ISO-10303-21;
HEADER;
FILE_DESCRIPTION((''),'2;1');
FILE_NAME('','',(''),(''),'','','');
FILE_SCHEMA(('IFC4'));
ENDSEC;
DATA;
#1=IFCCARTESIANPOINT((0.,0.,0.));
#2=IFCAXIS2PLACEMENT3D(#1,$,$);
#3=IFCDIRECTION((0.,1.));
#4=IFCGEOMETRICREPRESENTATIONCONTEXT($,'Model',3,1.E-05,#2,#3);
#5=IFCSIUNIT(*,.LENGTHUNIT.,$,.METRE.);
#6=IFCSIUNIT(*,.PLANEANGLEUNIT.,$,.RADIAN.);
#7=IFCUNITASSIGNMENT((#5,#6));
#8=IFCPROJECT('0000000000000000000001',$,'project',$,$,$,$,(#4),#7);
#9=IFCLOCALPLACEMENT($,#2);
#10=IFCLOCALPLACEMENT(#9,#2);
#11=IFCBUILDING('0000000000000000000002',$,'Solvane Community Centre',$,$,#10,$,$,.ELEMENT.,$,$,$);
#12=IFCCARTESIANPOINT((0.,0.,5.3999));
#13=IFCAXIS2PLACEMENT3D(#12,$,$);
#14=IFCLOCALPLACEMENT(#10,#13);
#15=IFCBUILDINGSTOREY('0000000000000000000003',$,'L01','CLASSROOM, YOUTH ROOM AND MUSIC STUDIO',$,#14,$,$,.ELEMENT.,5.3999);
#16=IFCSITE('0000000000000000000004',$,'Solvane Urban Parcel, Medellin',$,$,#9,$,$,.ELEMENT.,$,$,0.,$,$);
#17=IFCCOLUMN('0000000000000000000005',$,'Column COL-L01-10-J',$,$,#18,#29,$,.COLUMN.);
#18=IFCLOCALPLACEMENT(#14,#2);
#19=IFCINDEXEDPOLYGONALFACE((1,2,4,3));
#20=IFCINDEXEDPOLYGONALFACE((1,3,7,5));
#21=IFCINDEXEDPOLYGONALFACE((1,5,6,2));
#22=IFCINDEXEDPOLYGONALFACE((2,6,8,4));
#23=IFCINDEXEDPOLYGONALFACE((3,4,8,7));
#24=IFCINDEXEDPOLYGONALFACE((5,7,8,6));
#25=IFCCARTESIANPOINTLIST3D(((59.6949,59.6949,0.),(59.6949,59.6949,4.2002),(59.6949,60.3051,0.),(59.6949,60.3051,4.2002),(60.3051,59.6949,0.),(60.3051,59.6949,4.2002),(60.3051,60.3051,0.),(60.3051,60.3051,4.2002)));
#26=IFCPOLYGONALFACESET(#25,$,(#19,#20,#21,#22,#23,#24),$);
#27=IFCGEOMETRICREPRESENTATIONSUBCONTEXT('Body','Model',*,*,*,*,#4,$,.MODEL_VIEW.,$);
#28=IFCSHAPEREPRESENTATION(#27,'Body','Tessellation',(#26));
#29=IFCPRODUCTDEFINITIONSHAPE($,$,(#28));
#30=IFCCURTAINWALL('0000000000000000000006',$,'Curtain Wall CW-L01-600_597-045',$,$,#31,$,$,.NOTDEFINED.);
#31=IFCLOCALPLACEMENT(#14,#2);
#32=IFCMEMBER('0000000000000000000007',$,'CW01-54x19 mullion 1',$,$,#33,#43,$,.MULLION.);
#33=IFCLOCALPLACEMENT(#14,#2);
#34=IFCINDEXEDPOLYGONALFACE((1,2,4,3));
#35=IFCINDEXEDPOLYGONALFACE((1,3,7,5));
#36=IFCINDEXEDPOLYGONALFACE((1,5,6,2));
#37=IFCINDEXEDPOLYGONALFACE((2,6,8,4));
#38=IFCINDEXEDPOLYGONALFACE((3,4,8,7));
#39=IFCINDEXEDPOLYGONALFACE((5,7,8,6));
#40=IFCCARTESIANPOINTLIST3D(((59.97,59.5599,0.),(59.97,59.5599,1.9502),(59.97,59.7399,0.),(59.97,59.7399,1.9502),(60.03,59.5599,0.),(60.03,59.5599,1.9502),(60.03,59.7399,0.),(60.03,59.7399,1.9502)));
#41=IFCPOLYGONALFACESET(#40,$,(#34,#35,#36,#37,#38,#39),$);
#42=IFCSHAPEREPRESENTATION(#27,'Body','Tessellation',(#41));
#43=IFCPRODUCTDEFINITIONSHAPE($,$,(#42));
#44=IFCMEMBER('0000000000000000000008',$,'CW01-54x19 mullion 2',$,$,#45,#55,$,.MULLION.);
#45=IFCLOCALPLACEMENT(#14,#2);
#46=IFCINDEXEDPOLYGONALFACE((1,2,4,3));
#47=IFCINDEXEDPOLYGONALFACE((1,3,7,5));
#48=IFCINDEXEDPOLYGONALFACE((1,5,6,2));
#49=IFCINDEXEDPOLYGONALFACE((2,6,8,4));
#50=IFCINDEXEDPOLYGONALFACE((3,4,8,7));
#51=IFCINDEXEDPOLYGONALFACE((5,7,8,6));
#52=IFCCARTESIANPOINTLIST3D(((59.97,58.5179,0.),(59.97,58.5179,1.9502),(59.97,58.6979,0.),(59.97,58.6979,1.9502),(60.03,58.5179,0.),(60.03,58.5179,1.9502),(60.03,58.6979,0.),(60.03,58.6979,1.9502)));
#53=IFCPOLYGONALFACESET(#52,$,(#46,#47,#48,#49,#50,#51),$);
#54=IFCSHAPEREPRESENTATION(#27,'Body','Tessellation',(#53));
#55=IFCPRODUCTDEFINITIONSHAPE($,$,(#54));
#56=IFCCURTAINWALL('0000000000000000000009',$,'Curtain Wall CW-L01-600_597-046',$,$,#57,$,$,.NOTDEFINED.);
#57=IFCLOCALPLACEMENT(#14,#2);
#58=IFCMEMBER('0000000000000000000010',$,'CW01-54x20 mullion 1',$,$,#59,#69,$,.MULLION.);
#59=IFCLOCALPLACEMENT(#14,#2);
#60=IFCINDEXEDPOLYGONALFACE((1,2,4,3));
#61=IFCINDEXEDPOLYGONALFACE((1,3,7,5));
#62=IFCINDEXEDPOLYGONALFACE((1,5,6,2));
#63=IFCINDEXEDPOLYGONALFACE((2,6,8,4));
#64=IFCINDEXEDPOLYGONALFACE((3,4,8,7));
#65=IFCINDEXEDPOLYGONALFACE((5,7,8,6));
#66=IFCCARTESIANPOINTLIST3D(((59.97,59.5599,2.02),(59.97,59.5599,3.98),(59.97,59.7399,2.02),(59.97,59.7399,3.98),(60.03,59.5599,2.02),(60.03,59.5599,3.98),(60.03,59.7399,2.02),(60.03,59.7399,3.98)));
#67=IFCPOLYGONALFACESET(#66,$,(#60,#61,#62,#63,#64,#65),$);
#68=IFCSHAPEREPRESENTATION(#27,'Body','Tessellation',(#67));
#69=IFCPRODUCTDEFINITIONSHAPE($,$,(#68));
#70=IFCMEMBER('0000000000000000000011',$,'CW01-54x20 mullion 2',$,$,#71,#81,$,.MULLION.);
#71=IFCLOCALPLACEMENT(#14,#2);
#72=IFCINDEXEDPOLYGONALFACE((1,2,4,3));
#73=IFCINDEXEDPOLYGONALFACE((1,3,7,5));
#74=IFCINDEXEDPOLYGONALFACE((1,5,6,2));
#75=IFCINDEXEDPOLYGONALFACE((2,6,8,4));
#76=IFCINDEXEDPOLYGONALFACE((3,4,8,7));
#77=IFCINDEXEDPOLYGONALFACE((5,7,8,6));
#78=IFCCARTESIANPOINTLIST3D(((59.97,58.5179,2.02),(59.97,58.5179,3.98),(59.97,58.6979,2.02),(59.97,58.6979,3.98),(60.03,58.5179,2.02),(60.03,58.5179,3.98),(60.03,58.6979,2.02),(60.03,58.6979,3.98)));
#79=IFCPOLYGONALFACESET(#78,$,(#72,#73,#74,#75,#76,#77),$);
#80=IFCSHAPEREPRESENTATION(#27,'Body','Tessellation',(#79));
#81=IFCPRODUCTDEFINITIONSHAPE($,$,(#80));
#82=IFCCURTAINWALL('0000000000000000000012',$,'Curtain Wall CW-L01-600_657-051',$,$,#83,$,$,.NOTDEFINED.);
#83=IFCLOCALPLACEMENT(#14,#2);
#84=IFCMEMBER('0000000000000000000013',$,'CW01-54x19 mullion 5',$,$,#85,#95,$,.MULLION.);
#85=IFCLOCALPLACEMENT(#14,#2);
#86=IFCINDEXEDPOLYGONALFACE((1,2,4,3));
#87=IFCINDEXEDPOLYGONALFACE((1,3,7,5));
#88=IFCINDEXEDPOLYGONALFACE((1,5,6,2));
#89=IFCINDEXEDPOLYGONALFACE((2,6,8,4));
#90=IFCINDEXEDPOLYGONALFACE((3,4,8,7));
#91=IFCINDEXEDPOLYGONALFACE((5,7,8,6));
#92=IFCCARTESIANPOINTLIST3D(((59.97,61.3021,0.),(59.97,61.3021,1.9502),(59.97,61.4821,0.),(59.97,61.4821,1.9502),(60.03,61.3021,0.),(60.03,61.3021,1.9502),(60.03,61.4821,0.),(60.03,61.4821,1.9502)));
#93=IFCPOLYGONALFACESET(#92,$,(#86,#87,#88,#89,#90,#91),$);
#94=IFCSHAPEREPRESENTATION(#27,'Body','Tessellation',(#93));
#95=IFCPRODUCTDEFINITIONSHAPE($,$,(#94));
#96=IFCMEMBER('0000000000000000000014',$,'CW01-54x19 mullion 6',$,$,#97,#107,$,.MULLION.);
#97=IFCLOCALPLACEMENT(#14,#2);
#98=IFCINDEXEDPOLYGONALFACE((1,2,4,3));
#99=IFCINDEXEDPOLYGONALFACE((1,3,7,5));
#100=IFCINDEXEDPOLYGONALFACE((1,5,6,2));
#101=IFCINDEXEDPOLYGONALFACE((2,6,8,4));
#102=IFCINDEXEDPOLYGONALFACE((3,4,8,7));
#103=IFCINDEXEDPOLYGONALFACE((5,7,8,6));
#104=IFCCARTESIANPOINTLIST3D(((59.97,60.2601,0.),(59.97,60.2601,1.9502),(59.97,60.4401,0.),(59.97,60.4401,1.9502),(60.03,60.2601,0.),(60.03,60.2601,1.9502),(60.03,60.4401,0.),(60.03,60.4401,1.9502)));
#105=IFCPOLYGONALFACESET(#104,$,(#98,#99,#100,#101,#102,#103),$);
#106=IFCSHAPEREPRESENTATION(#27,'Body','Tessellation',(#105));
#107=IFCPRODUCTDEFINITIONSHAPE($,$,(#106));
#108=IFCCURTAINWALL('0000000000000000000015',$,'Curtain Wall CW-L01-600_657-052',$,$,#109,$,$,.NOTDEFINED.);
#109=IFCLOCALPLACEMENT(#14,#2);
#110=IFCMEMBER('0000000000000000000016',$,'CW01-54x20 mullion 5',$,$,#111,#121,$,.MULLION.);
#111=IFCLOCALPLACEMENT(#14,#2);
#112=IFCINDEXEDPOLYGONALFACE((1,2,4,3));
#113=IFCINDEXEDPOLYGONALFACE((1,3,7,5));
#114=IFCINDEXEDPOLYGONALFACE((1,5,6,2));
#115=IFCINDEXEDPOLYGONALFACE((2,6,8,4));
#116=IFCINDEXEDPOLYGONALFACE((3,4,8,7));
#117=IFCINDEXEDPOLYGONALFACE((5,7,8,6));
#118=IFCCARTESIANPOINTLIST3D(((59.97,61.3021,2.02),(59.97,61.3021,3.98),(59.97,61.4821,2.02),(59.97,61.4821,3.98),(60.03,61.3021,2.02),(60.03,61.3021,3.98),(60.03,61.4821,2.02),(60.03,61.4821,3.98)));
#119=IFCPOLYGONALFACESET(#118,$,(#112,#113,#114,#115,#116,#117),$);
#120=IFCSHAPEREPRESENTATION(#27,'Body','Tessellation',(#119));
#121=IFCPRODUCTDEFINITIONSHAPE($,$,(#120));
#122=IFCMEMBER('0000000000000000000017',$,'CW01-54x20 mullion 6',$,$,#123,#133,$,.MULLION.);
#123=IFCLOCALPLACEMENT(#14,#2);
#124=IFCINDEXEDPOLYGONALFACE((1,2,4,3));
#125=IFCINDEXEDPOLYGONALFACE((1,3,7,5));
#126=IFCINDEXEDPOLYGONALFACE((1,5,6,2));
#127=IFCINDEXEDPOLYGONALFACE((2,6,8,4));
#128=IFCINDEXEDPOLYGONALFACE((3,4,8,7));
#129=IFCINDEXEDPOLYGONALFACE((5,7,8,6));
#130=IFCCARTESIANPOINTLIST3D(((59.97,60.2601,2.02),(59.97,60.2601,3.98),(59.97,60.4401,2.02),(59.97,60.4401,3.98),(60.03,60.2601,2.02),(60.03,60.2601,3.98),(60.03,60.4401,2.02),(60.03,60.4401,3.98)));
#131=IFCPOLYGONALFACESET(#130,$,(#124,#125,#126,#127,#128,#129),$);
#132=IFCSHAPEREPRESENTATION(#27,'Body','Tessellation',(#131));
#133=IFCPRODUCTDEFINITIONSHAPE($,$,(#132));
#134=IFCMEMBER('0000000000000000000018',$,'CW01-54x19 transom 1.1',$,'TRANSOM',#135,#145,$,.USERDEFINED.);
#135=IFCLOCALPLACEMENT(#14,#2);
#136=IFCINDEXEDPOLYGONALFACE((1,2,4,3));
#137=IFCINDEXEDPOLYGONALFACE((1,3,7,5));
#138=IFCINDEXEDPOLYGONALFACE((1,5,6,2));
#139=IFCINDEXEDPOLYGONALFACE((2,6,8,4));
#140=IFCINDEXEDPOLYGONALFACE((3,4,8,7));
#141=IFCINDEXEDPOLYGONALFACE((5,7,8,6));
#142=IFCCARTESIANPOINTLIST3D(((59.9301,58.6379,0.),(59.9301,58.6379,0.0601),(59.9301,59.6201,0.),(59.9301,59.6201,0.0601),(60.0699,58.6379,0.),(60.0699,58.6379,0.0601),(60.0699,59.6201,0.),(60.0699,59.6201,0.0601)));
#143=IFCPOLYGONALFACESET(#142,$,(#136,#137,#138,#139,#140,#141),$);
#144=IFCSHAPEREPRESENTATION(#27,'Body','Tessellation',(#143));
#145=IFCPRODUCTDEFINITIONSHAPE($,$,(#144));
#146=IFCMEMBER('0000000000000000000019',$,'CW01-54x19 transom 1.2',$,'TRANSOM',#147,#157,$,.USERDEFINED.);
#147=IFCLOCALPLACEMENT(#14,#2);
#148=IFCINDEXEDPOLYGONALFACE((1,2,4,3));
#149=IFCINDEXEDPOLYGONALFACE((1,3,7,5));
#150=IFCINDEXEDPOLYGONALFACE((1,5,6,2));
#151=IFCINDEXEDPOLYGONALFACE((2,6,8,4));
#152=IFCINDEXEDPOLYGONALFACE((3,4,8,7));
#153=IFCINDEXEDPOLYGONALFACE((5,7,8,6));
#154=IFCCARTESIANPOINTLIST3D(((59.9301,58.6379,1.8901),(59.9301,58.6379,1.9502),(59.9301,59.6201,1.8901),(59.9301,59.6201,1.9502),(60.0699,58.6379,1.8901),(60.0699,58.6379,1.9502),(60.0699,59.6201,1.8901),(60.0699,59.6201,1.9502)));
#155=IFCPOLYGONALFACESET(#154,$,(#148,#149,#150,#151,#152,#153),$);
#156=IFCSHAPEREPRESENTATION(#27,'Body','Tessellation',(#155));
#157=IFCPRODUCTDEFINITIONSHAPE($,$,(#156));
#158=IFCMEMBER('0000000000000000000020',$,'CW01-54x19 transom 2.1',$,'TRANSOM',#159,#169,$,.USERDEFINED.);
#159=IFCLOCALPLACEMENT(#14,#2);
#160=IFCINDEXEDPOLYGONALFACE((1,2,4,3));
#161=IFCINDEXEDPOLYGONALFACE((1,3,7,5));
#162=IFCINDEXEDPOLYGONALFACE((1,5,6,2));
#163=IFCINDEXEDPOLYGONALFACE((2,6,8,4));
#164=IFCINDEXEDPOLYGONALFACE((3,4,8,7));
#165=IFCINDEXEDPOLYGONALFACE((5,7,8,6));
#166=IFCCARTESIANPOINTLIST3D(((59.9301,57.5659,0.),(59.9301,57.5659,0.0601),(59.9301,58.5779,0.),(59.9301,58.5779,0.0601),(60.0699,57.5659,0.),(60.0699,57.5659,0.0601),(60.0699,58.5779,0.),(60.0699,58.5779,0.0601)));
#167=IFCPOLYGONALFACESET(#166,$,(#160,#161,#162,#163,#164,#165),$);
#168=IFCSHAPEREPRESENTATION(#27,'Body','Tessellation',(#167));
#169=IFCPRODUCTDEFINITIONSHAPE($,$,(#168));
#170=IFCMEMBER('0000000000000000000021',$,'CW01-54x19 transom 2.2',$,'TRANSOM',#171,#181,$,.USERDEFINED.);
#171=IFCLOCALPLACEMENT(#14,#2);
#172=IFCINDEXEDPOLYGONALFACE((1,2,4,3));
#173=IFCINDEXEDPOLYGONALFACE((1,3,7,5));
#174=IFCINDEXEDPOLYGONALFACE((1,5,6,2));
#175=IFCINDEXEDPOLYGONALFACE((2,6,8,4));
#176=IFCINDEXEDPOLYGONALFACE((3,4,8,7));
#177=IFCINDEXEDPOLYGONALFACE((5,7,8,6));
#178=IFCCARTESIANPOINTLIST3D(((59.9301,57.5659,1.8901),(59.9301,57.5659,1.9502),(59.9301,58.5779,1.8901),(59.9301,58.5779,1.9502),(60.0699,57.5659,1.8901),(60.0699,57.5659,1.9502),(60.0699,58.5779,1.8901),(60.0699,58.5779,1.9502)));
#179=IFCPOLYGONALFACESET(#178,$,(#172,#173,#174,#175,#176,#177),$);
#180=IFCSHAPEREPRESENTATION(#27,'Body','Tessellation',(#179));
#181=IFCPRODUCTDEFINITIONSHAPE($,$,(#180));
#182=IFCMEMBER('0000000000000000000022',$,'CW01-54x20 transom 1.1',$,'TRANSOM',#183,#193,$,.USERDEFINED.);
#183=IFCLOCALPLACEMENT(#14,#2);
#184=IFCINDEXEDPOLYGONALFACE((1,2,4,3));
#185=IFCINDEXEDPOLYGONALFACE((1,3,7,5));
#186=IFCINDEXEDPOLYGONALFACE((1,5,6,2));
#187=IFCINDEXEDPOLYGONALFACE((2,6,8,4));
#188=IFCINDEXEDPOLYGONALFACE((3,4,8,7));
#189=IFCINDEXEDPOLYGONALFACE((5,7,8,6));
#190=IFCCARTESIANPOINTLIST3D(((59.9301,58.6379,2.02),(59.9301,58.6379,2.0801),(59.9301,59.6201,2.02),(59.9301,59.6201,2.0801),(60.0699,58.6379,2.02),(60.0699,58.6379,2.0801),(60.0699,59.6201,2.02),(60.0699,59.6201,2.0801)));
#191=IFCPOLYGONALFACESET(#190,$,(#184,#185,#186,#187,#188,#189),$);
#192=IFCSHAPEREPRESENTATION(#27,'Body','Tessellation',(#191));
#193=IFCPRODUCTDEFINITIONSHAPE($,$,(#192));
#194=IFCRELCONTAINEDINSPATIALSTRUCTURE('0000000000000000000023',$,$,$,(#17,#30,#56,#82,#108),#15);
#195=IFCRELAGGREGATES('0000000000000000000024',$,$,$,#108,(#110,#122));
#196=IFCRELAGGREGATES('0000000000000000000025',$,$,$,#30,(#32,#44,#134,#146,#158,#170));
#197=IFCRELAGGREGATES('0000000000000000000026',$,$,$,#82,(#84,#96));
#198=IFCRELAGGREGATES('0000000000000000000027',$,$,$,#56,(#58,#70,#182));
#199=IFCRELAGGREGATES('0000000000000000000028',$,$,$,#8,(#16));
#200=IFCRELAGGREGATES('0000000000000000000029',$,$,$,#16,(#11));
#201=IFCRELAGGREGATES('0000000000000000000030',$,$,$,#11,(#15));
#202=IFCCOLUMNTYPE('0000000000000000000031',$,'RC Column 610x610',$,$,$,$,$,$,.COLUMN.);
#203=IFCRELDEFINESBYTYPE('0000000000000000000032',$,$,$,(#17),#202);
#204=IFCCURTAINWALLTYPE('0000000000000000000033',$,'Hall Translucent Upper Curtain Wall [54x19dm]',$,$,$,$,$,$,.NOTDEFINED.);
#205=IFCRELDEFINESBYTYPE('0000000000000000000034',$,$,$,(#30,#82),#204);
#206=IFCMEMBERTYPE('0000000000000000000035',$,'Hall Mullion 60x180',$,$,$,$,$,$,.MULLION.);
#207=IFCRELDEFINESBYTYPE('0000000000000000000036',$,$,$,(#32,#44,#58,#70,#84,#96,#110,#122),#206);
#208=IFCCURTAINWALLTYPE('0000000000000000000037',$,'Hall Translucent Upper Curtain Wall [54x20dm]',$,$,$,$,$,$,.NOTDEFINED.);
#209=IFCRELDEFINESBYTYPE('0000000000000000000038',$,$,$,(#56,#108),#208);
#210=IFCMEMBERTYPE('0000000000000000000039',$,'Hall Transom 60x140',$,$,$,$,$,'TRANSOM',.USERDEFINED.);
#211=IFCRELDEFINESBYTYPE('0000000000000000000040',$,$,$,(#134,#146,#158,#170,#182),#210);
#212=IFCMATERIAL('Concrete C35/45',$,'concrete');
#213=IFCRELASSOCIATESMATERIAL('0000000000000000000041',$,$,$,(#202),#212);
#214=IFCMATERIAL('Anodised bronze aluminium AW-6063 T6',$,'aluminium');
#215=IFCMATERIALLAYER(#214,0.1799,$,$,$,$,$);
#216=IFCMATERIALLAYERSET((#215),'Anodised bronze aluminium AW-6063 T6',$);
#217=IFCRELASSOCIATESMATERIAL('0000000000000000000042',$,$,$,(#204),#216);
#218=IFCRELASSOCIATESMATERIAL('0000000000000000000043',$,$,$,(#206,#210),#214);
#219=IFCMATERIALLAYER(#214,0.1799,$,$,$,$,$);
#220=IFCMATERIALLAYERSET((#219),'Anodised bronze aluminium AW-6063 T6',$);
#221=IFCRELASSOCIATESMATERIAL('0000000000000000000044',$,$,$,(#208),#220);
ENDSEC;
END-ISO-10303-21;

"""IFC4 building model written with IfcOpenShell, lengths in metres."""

from ifc_helpers import new_model, si_unit, direction, frame, origin, origin_2d, place, context, subcontext, project, spatial, rectangle, extrude, material, layer, layer_set, material_profile, profile_set, type_object, element, aggregate, save


model = new_model("IFC4")

# Units and contexts
model_context = context("Model", 3, precision=1e-05, world=origin(), true_north=direction((0.0, 1.0)))
body_context = subcontext(model_context, "Body", "Model", "MODEL_VIEW")
ifc_project = project(units=[si_unit("LENGTHUNIT", "METRE"), si_unit("PLANEANGLEUNIT", "RADIAN")], contexts=[model_context])

# Site, building, storey
site_placement = place(None, origin())
site = spatial("IfcSite", under=ifc_project, at=site_placement, Name="Solvane Urban Parcel, Medellin", CompositionType="ELEMENT", RefElevation=0.0)
building_placement = place(site_placement, origin())
building = spatial("IfcBuilding", under=site, at=building_placement, Name="Solvane Community Centre", CompositionType="ELEMENT")
storey_placement = place(building_placement, frame((0.0, 0.0, 5.3999)))
storey = spatial("IfcBuildingStorey", under=building, at=storey_placement, Name="L01", Description="CLASSROOM, YOUTH ROOM AND MUSIC STUDIO", CompositionType="ELEMENT", Elevation=5.3999)

# Column
ifc_material_1 = material(Name="Concrete C35/45", Category="concrete")
ifc_material_profile_1 = material_profile(ifc_material_1, rectangle(XDim=0.6101, YDim=0.6101, at=origin_2d()), Name="RC 610x610")
ifc_profile_set_1 = profile_set([ifc_material_profile_1], Name="Concrete C35/45")
column_type = type_object("IfcColumnType", Name="RC Column 610x610", PredefinedType="COLUMN", material=ifc_profile_set_1)
column_placement = place(storey_placement, frame((60.0, 60.0, 0.0), z_axis=(0.0, 0.0, 1.0), x_axis=(1.0, 0.0, 0.0)))
element("IfcColumn", 1, at=column_placement, inside=storey, type_object=column_type, Name="Column COL-L01-10-J", PredefinedType="COLUMN", context=body_context, shape_type="SweptSolid", body=[
    extrude(rectangle(XDim=0.6101, YDim=0.6101, at=origin_2d()), origin(), (0.0, 0.0, 1.0), 4.2002),
])

# Curtain walls, members
ifc_material_2 = material(Name="Anodised bronze aluminium AW-6063 T6", Category="aluminium")
ifc_layer_1 = layer(ifc_material_2, 0.1799)
ifc_layer_set_1 = layer_set([ifc_layer_1], Name="Anodised bronze aluminium AW-6063 T6")
curtain_wall_type_1 = type_object("IfcCurtainWallType", Name="Hall Translucent Upper Curtain Wall [54x19dm]", PredefinedType="NOTDEFINED", material=ifc_layer_set_1)
curtain_wall_1_placement = place(storey_placement, origin())
curtain_wall_1 = element("IfcCurtainWall", 2, at=curtain_wall_1_placement, inside=storey, type_object=curtain_wall_type_1, Name="Curtain Wall CW-L01-600_597-045", PredefinedType="NOTDEFINED")
ifc_material_profile_2 = material_profile(ifc_material_2, rectangle(XDim=0.0601, YDim=0.1799, at=origin_2d()), Name="CW-M 60x180")
ifc_profile_set_2 = profile_set([ifc_material_profile_2], Name="Anodised bronze aluminium AW-6063 T6")
member_type_1 = type_object("IfcMemberType", Name="Hall Mullion 60x180", PredefinedType="MULLION", material=ifc_profile_set_2)
member_1_placement = place(storey_placement, frame((60.0, 59.6499, 0.0), z_axis=(0.0, 0.0, 1.0), x_axis=(1.0, 0.0, 0.0)))
member_1 = element("IfcMember", 3, at=member_1_placement, type_object=member_type_1, Name="CW01-54x19 mullion 1", PredefinedType="MULLION", context=body_context, shape_type="SweptSolid", body=[
    extrude(rectangle(XDim=0.0601, YDim=0.1799, at=origin_2d()), origin(), (0.0, 0.0, 1.0), 1.9502),
])
member_2_placement = place(storey_placement, frame((60.0, 58.6079, 0.0), z_axis=(0.0, 0.0, 1.0), x_axis=(1.0, 0.0, 0.0)))
member_2 = element("IfcMember", 4, at=member_2_placement, type_object=member_type_1, Name="CW01-54x19 mullion 2", PredefinedType="MULLION", context=body_context, shape_type="SweptSolid", body=[
    extrude(rectangle(XDim=0.0601, YDim=0.1799, at=origin_2d()), origin(), (0.0, 0.0, 1.0), 1.9502),
])
ifc_layer_2 = layer(ifc_material_2, 0.1799)
ifc_layer_set_2 = layer_set([ifc_layer_2], Name="Anodised bronze aluminium AW-6063 T6")
curtain_wall_type_2 = type_object("IfcCurtainWallType", Name="Hall Translucent Upper Curtain Wall [54x20dm]", PredefinedType="NOTDEFINED", material=ifc_layer_set_2)
curtain_wall_2_placement = place(storey_placement, origin())
curtain_wall_2 = element("IfcCurtainWall", 5, at=curtain_wall_2_placement, inside=storey, type_object=curtain_wall_type_2, Name="Curtain Wall CW-L01-600_597-046", PredefinedType="NOTDEFINED")
member_3_placement = place(storey_placement, frame((60.0, 59.6499, 2.02), z_axis=(0.0, 0.0, 1.0), x_axis=(1.0, 0.0, 0.0)))
member_3 = element("IfcMember", 6, at=member_3_placement, type_object=member_type_1, Name="CW01-54x20 mullion 1", PredefinedType="MULLION", context=body_context, shape_type="SweptSolid", body=[
    extrude(rectangle(XDim=0.0601, YDim=0.1799, at=origin_2d()), origin(), (0.0, 0.0, 1.0), 1.96),
])
member_4_placement = place(storey_placement, frame((60.0, 58.6079, 2.02), z_axis=(0.0, 0.0, 1.0), x_axis=(1.0, 0.0, 0.0)))
member_4 = element("IfcMember", 7, at=member_4_placement, type_object=member_type_1, Name="CW01-54x20 mullion 2", PredefinedType="MULLION", context=body_context, shape_type="SweptSolid", body=[
    extrude(rectangle(XDim=0.0601, YDim=0.1799, at=origin_2d()), origin(), (0.0, 0.0, 1.0), 1.96),
])
curtain_wall_3_placement = place(storey_placement, origin())
curtain_wall_3 = element("IfcCurtainWall", 8, at=curtain_wall_3_placement, inside=storey, type_object=curtain_wall_type_1, Name="Curtain Wall CW-L01-600_657-051", PredefinedType="NOTDEFINED")
member_5_placement = place(storey_placement, frame((60.0, 61.3921, 0.0), z_axis=(0.0, 0.0, 1.0), x_axis=(1.0, 0.0, 0.0)))
member_5 = element("IfcMember", 9, at=member_5_placement, type_object=member_type_1, Name="CW01-54x19 mullion 5", PredefinedType="MULLION", context=body_context, shape_type="SweptSolid", body=[
    extrude(rectangle(XDim=0.0601, YDim=0.1799, at=origin_2d()), origin(), (0.0, 0.0, 1.0), 1.9502),
])
member_6_placement = place(storey_placement, frame((60.0, 60.3501, 0.0), z_axis=(0.0, 0.0, 1.0), x_axis=(1.0, 0.0, 0.0)))
member_6 = element("IfcMember", 10, at=member_6_placement, type_object=member_type_1, Name="CW01-54x19 mullion 6", PredefinedType="MULLION", context=body_context, shape_type="SweptSolid", body=[
    extrude(rectangle(XDim=0.0601, YDim=0.1799, at=origin_2d()), origin(), (0.0, 0.0, 1.0), 1.9502),
])
curtain_wall_4_placement = place(storey_placement, origin())
curtain_wall_4 = element("IfcCurtainWall", 11, at=curtain_wall_4_placement, inside=storey, type_object=curtain_wall_type_2, Name="Curtain Wall CW-L01-600_657-052", PredefinedType="NOTDEFINED")
member_7_placement = place(storey_placement, frame((60.0, 61.3921, 2.02), z_axis=(0.0, 0.0, 1.0), x_axis=(1.0, 0.0, 0.0)))
member_7 = element("IfcMember", 12, at=member_7_placement, type_object=member_type_1, Name="CW01-54x20 mullion 5", PredefinedType="MULLION", context=body_context, shape_type="SweptSolid", body=[
    extrude(rectangle(XDim=0.0601, YDim=0.1799, at=origin_2d()), origin(), (0.0, 0.0, 1.0), 1.96),
])
member_8_placement = place(storey_placement, frame((60.0, 60.3501, 2.02), z_axis=(0.0, 0.0, 1.0), x_axis=(1.0, 0.0, 0.0)))
member_8 = element("IfcMember", 13, at=member_8_placement, type_object=member_type_1, Name="CW01-54x20 mullion 6", PredefinedType="MULLION", context=body_context, shape_type="SweptSolid", body=[
    extrude(rectangle(XDim=0.0601, YDim=0.1799, at=origin_2d()), origin(), (0.0, 0.0, 1.0), 1.96),
])
aggregate(curtain_wall_4, [member_7, member_8])

# Members
ifc_material_profile_3 = material_profile(ifc_material_2, rectangle(XDim=0.1399, YDim=0.0601, at=origin_2d()), Name="CW-T 60x140")
ifc_profile_set_3 = profile_set([ifc_material_profile_3], Name="Anodised bronze aluminium AW-6063 T6")
member_type_2 = type_object("IfcMemberType", Name="Hall Transom 60x140", ElementType="TRANSOM", PredefinedType="USERDEFINED", material=ifc_profile_set_3)
member_9_placement = place(storey_placement, frame((60.0, 59.6201, 0.03), z_axis=(0.0, -1.0, 0.0), x_axis=(1.0, 0.0, 0.0)))
member_9 = element("IfcMember", 14, at=member_9_placement, type_object=member_type_2, Name="CW01-54x19 transom 1.1", ObjectType="TRANSOM", PredefinedType="USERDEFINED", context=body_context, shape_type="SweptSolid", body=[
    extrude(rectangle(XDim=0.1399, YDim=0.0601, at=origin_2d()), origin(), (0.0, 0.0, 1.0), 0.9822),
])
member_10_placement = place(storey_placement, frame((60.0, 59.6201, 1.9202), z_axis=(0.0, -1.0, 0.0), x_axis=(1.0, 0.0, 0.0)))
member_10 = element("IfcMember", 15, at=member_10_placement, type_object=member_type_2, Name="CW01-54x19 transom 1.2", ObjectType="TRANSOM", PredefinedType="USERDEFINED", context=body_context, shape_type="SweptSolid", body=[
    extrude(rectangle(XDim=0.1399, YDim=0.0601, at=origin_2d()), origin(), (0.0, 0.0, 1.0), 0.9822),
])
member_11_placement = place(storey_placement, frame((60.0, 58.5779, 0.03), z_axis=(0.0, -1.0, 0.0), x_axis=(1.0, 0.0, 0.0)))
member_11 = element("IfcMember", 16, at=member_11_placement, type_object=member_type_2, Name="CW01-54x19 transom 2.1", ObjectType="TRANSOM", PredefinedType="USERDEFINED", context=body_context, shape_type="SweptSolid", body=[
    extrude(rectangle(XDim=0.1399, YDim=0.0601, at=origin_2d()), origin(), (0.0, 0.0, 1.0), 1.012),
])
member_12_placement = place(storey_placement, frame((60.0, 58.5779, 1.9202), z_axis=(0.0, -1.0, 0.0), x_axis=(1.0, 0.0, 0.0)))
member_12 = element("IfcMember", 17, at=member_12_placement, type_object=member_type_2, Name="CW01-54x19 transom 2.2", ObjectType="TRANSOM", PredefinedType="USERDEFINED", context=body_context, shape_type="SweptSolid", body=[
    extrude(rectangle(XDim=0.1399, YDim=0.0601, at=origin_2d()), origin(), (0.0, 0.0, 1.0), 1.012),
])
member_13_placement = place(storey_placement, frame((60.0, 59.6201, 2.05), z_axis=(0.0, -1.0, 0.0), x_axis=(1.0, 0.0, 0.0)))
member_13 = element("IfcMember", 18, at=member_13_placement, type_object=member_type_2, Name="CW01-54x20 transom 1.1", ObjectType="TRANSOM", PredefinedType="USERDEFINED", context=body_context, shape_type="SweptSolid", body=[
    extrude(rectangle(XDim=0.1399, YDim=0.0601, at=origin_2d()), origin(), (0.0, 0.0, 1.0), 0.9822),
])

aggregate(curtain_wall_1, [member_1, member_2, member_9, member_10, member_11, member_12])
aggregate(curtain_wall_3, [member_5, member_6])
aggregate(curtain_wall_2, [member_3, member_4, member_13])

save(model, "model.ifc")
